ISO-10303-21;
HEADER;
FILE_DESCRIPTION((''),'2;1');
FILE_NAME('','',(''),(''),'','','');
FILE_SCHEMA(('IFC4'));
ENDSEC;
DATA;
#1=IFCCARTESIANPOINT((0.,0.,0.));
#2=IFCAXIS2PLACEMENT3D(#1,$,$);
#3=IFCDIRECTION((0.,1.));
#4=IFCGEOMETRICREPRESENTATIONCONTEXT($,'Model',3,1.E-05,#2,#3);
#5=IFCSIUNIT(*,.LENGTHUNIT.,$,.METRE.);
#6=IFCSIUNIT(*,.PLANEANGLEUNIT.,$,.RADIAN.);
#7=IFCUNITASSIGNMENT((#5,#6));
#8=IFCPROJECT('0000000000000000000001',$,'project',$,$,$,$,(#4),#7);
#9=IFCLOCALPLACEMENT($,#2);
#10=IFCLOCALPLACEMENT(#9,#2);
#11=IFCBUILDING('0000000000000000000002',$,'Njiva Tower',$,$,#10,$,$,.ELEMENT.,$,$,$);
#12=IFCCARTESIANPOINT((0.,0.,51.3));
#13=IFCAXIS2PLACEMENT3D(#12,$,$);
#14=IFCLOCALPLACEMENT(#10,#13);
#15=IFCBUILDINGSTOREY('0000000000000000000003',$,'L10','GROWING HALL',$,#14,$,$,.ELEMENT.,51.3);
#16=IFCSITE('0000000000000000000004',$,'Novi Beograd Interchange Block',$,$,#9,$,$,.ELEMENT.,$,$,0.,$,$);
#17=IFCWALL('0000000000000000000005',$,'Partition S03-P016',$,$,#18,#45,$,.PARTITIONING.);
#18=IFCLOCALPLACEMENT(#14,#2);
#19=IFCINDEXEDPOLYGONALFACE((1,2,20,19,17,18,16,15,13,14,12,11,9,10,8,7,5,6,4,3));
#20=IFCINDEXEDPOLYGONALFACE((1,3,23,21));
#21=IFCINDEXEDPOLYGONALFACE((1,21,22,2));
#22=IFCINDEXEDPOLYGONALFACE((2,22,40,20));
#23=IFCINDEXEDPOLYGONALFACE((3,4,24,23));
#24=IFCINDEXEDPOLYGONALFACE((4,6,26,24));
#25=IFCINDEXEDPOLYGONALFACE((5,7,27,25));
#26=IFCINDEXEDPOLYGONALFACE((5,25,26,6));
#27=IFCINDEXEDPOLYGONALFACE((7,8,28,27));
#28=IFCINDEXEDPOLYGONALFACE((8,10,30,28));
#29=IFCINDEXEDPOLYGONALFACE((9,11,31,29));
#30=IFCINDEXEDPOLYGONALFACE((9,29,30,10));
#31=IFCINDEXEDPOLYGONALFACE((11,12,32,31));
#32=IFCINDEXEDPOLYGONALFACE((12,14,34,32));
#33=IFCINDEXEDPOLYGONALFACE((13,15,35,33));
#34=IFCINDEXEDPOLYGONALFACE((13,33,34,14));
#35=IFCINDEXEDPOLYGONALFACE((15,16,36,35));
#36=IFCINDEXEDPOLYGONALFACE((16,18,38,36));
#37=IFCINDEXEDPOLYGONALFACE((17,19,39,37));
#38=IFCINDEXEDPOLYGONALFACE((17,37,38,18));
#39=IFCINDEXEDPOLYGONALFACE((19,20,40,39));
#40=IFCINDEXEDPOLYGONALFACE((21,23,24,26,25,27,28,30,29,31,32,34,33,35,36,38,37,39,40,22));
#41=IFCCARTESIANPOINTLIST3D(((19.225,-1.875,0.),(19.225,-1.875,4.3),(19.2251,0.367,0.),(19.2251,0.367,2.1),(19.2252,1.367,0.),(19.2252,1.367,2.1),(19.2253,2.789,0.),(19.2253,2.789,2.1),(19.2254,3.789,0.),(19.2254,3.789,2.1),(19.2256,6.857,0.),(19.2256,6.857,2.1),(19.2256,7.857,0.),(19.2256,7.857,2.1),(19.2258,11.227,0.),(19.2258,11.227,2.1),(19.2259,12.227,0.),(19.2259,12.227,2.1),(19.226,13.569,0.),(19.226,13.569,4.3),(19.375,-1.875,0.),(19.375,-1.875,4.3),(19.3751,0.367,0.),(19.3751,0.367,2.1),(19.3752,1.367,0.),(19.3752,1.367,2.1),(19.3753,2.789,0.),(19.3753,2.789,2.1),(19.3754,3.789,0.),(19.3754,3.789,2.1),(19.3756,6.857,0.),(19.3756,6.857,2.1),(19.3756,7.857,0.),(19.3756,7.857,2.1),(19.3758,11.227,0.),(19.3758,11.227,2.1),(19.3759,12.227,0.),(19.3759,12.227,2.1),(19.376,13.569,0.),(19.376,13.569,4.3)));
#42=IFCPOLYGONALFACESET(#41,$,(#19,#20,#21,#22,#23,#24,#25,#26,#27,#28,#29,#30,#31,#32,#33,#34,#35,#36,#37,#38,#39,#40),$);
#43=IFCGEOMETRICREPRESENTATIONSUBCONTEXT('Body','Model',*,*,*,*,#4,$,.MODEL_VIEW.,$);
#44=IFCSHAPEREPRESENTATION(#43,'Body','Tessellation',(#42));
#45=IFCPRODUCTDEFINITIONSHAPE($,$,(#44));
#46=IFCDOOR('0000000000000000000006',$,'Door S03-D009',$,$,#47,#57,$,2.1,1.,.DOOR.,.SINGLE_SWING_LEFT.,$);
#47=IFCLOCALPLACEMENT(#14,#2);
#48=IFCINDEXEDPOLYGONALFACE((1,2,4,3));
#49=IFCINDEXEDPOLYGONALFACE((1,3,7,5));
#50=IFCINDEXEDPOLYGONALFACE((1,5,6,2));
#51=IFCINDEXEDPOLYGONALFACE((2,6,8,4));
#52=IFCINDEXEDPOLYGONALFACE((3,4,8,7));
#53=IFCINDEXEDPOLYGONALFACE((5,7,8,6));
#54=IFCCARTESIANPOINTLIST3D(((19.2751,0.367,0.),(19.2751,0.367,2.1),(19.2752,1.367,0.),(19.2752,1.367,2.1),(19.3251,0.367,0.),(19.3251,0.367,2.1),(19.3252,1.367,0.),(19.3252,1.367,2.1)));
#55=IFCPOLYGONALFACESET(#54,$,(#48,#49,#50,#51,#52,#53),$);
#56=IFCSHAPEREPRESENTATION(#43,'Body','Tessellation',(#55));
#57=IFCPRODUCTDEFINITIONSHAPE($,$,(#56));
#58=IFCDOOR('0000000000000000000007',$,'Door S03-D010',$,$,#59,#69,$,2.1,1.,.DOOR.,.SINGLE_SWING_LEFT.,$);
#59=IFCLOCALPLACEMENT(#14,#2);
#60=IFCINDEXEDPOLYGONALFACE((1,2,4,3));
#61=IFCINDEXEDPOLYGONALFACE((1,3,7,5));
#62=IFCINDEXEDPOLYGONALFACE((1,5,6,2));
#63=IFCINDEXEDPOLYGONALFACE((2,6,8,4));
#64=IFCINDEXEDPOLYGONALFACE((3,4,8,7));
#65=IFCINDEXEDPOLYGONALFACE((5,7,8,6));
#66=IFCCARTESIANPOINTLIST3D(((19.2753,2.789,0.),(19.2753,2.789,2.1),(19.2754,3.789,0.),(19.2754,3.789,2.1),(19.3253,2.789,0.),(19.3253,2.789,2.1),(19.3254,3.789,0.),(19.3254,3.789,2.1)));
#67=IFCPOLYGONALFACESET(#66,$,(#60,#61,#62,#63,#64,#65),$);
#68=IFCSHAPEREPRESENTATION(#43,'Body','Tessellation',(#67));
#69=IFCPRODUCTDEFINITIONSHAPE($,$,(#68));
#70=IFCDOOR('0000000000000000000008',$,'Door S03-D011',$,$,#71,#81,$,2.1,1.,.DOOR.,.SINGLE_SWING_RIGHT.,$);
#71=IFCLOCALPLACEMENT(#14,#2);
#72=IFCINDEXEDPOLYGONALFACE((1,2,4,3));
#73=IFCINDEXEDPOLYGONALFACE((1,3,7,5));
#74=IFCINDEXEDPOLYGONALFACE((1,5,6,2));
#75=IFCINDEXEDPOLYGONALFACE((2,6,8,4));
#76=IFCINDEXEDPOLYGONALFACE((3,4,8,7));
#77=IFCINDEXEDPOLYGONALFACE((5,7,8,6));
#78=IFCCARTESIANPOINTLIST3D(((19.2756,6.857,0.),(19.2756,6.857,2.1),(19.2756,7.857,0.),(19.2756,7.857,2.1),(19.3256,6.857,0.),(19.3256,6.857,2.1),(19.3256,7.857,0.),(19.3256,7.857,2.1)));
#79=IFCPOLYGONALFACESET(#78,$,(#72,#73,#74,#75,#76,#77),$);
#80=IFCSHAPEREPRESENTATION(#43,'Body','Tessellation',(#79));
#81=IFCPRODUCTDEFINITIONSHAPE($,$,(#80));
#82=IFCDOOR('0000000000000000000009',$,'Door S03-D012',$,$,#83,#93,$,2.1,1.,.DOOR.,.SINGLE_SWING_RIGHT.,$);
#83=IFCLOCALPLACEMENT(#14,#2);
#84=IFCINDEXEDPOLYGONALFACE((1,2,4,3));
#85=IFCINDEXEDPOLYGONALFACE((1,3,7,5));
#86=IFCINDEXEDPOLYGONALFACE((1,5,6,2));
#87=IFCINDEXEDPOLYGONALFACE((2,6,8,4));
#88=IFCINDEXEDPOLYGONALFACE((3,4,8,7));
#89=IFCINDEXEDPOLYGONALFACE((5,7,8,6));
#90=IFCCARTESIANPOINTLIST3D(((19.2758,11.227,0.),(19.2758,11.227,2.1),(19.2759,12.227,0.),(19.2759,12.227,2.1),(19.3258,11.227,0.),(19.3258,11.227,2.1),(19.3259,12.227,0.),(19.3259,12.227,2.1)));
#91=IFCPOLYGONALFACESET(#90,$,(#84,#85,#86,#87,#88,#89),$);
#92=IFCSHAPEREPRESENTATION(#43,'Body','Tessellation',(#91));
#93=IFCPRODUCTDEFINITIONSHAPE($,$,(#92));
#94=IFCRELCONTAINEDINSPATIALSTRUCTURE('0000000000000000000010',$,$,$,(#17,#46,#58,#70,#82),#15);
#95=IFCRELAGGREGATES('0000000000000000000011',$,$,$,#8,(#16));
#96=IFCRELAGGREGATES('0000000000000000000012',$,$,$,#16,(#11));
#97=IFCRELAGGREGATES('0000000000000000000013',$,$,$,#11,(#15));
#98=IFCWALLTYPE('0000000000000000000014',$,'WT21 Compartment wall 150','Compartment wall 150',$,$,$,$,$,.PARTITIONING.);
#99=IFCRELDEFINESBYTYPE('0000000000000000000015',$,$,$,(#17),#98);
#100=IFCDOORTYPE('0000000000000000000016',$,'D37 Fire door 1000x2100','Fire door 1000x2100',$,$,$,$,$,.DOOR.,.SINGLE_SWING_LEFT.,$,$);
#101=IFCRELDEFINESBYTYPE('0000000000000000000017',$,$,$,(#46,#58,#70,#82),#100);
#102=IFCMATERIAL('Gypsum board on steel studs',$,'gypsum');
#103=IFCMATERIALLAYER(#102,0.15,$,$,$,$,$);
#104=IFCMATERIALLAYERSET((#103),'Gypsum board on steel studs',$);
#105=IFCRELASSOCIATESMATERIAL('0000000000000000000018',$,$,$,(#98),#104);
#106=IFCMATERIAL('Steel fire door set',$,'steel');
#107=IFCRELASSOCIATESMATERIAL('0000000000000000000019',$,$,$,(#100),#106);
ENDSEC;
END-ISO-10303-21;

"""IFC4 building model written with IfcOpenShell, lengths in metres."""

from ifc_helpers import new_model, si_unit, direction, frame, frame_2d, origin, place, context, subcontext, project, spatial, rectangle, extrude, material, layer, layer_set, type_object, element, fill, save


model = new_model("IFC4")

# Units and contexts
model_context = context("Model", 3, precision=1e-05, world=origin(), true_north=direction((0.0, 1.0)))
body_context = subcontext(model_context, "Body", "Model", "MODEL_VIEW")
ifc_project = project(units=[si_unit("LENGTHUNIT", "METRE"), si_unit("PLANEANGLEUNIT", "RADIAN")], contexts=[model_context])

# Site, building, storey
site_placement = place(None, origin())
site = spatial("IfcSite", under=ifc_project, at=site_placement, Name="Novi Beograd Interchange Block", CompositionType="ELEMENT", RefElevation=0.0)
building_placement = place(site_placement, origin())
building = spatial("IfcBuilding", under=site, at=building_placement, Name="Njiva Tower", CompositionType="ELEMENT")
storey_placement = place(building_placement, frame((0.0, 0.0, 51.3)))
storey = spatial("IfcBuildingStorey", under=building, at=storey_placement, Name="L10", Description="GROWING HALL", CompositionType="ELEMENT", Elevation=51.3)

# Shared definitions
ifc_material_1 = material(Name="Gypsum board on steel studs", Category="gypsum")
ifc_layer_1 = layer(ifc_material_1, 0.15)
ifc_layer_set_1 = layer_set([ifc_layer_1], Name="Gypsum board on steel studs")
wall_type_1 = type_object("IfcWallType", Name="WT21 Compartment wall 150", Description="Compartment wall 150", PredefinedType="PARTITIONING", material=ifc_layer_set_1)

# Wall, openings, doors
wall_1_placement = place(storey_placement, frame((19.3, -1.875, 0.0), z_axis=(0.0, 0.0, 1.0), x_axis=(0.000065, 1.0, 0.0)))
wall_1 = element("IfcWall", 1, at=wall_1_placement, inside=storey, type_object=wall_type_1, Name="Partition S03-P016", PredefinedType="PARTITIONING", context=body_context, shape_type="SweptSolid", body=[
    extrude(rectangle(XDim=15.444, YDim=0.15, at=frame_2d((7.722, 0.0))), origin(), (0.0, 0.0, 1.0), 4.3),
])
opening_1_placement = place(wall_1_placement, frame((2.242, 0.0, 0.0)))
opening_1 = element("IfcOpeningElement", 2, at=opening_1_placement, cuts=wall_1, PredefinedType="OPENING", context=body_context, shape_type="SweptSolid", body=[
    extrude(rectangle(XDim=1.0, YDim=2.1, at=frame_2d((0.5, 1.05))), frame((0.0, 0.085, 0.0), z_axis=(0.0, -1.0, 0.0), x_axis=(1.0, 0.0, 0.0)), (0.0, 0.0, 1.0), 0.17),
])
opening_2_placement = place(wall_1_placement, frame((4.664, 0.0, 0.0)))
opening_2 = element("IfcOpeningElement", 3, at=opening_2_placement, cuts=wall_1, PredefinedType="OPENING", context=body_context, shape_type="SweptSolid", body=[
    extrude(rectangle(XDim=1.0, YDim=2.1, at=frame_2d((0.5, 1.05))), frame((0.0, 0.085, 0.0), z_axis=(0.0, -1.0, 0.0), x_axis=(1.0, 0.0, 0.0)), (0.0, 0.0, 1.0), 0.17),
])
opening_3_placement = place(wall_1_placement, frame((8.732, 0.0, 0.0)))
opening_3 = element("IfcOpeningElement", 4, at=opening_3_placement, cuts=wall_1, PredefinedType="OPENING", context=body_context, shape_type="SweptSolid", body=[
    extrude(rectangle(XDim=1.0, YDim=2.1, at=frame_2d((0.5, 1.05))), frame((0.0, 0.085, 0.0), z_axis=(0.0, -1.0, 0.0), x_axis=(1.0, 0.0, 0.0)), (0.0, 0.0, 1.0), 0.17),
])
opening_4_placement = place(wall_1_placement, frame((13.102, 0.0, 0.0)))
opening_4 = element("IfcOpeningElement", 5, at=opening_4_placement, cuts=wall_1, PredefinedType="OPENING", context=body_context, shape_type="SweptSolid", body=[
    extrude(rectangle(XDim=1.0, YDim=2.1, at=frame_2d((0.5, 1.05))), frame((0.0, 0.085, 0.0), z_axis=(0.0, -1.0, 0.0), x_axis=(1.0, 0.0, 0.0)), (0.0, 0.0, 1.0), 0.17),
])
ifc_material_2 = material(Name="Steel fire door set", Category="steel")
door_type = type_object("IfcDoorType", Name="D37 Fire door 1000x2100", Description="Fire door 1000x2100", OperationType="SINGLE_SWING_LEFT", PredefinedType="DOOR", material=ifc_material_2)
door_1_placement = place(opening_1_placement, origin())
door_1 = element("IfcDoor", 6, at=door_1_placement, inside=storey, type_object=door_type, Name="Door S03-D009", OperationType="SINGLE_SWING_LEFT", OverallHeight=2.1, OverallWidth=1.0, PredefinedType="DOOR", context=body_context, shape_type="SweptSolid", body=[
    extrude(rectangle(XDim=1.0, YDim=2.1, at=frame_2d((0.5, 1.05))), frame((0.0, 0.025, 0.0), z_axis=(0.0, -1.0, 0.0), x_axis=(1.0, 0.0, 0.0)), (0.0, 0.0, 1.0), 0.05),
])
fill(opening_1, door_1)
door_2_placement = place(opening_2_placement, origin())
door_2 = element("IfcDoor", 7, at=door_2_placement, inside=storey, type_object=door_type, Name="Door S03-D010", OperationType="SINGLE_SWING_LEFT", OverallHeight=2.1, OverallWidth=1.0, PredefinedType="DOOR", context=body_context, shape_type="SweptSolid", body=[
    extrude(rectangle(XDim=1.0, YDim=2.1, at=frame_2d((0.5, 1.05))), frame((0.0, 0.025, 0.0), z_axis=(0.0, -1.0, 0.0), x_axis=(1.0, 0.0, 0.0)), (0.0, 0.0, 1.0), 0.05),
])
fill(opening_2, door_2)
door_3_placement = place(opening_3_placement, origin())
door_3 = element("IfcDoor", 8, at=door_3_placement, inside=storey, type_object=door_type, Name="Door S03-D011", OperationType="SINGLE_SWING_RIGHT", OverallHeight=2.1, OverallWidth=1.0, PredefinedType="DOOR", context=body_context, shape_type="SweptSolid", body=[
    extrude(rectangle(XDim=1.0, YDim=2.1, at=frame_2d((0.5, 1.05))), frame((0.0, 0.025, 0.0), z_axis=(0.0, -1.0, 0.0), x_axis=(1.0, 0.0, 0.0)), (0.0, 0.0, 1.0), 0.05),
])
fill(opening_3, door_3)
door_4_placement = place(opening_4_placement, origin())
door_4 = element("IfcDoor", 9, at=door_4_placement, inside=storey, type_object=door_type, Name="Door S03-D012", OperationType="SINGLE_SWING_RIGHT", OverallHeight=2.1, OverallWidth=1.0, PredefinedType="DOOR", context=body_context, shape_type="SweptSolid", body=[
    extrude(rectangle(XDim=1.0, YDim=2.1, at=frame_2d((0.5, 1.05))), frame((0.0, 0.025, 0.0), z_axis=(0.0, -1.0, 0.0), x_axis=(1.0, 0.0, 0.0)), (0.0, 0.0, 1.0), 0.05),
])
fill(opening_4, door_4)

save(model, "model.ifc")
